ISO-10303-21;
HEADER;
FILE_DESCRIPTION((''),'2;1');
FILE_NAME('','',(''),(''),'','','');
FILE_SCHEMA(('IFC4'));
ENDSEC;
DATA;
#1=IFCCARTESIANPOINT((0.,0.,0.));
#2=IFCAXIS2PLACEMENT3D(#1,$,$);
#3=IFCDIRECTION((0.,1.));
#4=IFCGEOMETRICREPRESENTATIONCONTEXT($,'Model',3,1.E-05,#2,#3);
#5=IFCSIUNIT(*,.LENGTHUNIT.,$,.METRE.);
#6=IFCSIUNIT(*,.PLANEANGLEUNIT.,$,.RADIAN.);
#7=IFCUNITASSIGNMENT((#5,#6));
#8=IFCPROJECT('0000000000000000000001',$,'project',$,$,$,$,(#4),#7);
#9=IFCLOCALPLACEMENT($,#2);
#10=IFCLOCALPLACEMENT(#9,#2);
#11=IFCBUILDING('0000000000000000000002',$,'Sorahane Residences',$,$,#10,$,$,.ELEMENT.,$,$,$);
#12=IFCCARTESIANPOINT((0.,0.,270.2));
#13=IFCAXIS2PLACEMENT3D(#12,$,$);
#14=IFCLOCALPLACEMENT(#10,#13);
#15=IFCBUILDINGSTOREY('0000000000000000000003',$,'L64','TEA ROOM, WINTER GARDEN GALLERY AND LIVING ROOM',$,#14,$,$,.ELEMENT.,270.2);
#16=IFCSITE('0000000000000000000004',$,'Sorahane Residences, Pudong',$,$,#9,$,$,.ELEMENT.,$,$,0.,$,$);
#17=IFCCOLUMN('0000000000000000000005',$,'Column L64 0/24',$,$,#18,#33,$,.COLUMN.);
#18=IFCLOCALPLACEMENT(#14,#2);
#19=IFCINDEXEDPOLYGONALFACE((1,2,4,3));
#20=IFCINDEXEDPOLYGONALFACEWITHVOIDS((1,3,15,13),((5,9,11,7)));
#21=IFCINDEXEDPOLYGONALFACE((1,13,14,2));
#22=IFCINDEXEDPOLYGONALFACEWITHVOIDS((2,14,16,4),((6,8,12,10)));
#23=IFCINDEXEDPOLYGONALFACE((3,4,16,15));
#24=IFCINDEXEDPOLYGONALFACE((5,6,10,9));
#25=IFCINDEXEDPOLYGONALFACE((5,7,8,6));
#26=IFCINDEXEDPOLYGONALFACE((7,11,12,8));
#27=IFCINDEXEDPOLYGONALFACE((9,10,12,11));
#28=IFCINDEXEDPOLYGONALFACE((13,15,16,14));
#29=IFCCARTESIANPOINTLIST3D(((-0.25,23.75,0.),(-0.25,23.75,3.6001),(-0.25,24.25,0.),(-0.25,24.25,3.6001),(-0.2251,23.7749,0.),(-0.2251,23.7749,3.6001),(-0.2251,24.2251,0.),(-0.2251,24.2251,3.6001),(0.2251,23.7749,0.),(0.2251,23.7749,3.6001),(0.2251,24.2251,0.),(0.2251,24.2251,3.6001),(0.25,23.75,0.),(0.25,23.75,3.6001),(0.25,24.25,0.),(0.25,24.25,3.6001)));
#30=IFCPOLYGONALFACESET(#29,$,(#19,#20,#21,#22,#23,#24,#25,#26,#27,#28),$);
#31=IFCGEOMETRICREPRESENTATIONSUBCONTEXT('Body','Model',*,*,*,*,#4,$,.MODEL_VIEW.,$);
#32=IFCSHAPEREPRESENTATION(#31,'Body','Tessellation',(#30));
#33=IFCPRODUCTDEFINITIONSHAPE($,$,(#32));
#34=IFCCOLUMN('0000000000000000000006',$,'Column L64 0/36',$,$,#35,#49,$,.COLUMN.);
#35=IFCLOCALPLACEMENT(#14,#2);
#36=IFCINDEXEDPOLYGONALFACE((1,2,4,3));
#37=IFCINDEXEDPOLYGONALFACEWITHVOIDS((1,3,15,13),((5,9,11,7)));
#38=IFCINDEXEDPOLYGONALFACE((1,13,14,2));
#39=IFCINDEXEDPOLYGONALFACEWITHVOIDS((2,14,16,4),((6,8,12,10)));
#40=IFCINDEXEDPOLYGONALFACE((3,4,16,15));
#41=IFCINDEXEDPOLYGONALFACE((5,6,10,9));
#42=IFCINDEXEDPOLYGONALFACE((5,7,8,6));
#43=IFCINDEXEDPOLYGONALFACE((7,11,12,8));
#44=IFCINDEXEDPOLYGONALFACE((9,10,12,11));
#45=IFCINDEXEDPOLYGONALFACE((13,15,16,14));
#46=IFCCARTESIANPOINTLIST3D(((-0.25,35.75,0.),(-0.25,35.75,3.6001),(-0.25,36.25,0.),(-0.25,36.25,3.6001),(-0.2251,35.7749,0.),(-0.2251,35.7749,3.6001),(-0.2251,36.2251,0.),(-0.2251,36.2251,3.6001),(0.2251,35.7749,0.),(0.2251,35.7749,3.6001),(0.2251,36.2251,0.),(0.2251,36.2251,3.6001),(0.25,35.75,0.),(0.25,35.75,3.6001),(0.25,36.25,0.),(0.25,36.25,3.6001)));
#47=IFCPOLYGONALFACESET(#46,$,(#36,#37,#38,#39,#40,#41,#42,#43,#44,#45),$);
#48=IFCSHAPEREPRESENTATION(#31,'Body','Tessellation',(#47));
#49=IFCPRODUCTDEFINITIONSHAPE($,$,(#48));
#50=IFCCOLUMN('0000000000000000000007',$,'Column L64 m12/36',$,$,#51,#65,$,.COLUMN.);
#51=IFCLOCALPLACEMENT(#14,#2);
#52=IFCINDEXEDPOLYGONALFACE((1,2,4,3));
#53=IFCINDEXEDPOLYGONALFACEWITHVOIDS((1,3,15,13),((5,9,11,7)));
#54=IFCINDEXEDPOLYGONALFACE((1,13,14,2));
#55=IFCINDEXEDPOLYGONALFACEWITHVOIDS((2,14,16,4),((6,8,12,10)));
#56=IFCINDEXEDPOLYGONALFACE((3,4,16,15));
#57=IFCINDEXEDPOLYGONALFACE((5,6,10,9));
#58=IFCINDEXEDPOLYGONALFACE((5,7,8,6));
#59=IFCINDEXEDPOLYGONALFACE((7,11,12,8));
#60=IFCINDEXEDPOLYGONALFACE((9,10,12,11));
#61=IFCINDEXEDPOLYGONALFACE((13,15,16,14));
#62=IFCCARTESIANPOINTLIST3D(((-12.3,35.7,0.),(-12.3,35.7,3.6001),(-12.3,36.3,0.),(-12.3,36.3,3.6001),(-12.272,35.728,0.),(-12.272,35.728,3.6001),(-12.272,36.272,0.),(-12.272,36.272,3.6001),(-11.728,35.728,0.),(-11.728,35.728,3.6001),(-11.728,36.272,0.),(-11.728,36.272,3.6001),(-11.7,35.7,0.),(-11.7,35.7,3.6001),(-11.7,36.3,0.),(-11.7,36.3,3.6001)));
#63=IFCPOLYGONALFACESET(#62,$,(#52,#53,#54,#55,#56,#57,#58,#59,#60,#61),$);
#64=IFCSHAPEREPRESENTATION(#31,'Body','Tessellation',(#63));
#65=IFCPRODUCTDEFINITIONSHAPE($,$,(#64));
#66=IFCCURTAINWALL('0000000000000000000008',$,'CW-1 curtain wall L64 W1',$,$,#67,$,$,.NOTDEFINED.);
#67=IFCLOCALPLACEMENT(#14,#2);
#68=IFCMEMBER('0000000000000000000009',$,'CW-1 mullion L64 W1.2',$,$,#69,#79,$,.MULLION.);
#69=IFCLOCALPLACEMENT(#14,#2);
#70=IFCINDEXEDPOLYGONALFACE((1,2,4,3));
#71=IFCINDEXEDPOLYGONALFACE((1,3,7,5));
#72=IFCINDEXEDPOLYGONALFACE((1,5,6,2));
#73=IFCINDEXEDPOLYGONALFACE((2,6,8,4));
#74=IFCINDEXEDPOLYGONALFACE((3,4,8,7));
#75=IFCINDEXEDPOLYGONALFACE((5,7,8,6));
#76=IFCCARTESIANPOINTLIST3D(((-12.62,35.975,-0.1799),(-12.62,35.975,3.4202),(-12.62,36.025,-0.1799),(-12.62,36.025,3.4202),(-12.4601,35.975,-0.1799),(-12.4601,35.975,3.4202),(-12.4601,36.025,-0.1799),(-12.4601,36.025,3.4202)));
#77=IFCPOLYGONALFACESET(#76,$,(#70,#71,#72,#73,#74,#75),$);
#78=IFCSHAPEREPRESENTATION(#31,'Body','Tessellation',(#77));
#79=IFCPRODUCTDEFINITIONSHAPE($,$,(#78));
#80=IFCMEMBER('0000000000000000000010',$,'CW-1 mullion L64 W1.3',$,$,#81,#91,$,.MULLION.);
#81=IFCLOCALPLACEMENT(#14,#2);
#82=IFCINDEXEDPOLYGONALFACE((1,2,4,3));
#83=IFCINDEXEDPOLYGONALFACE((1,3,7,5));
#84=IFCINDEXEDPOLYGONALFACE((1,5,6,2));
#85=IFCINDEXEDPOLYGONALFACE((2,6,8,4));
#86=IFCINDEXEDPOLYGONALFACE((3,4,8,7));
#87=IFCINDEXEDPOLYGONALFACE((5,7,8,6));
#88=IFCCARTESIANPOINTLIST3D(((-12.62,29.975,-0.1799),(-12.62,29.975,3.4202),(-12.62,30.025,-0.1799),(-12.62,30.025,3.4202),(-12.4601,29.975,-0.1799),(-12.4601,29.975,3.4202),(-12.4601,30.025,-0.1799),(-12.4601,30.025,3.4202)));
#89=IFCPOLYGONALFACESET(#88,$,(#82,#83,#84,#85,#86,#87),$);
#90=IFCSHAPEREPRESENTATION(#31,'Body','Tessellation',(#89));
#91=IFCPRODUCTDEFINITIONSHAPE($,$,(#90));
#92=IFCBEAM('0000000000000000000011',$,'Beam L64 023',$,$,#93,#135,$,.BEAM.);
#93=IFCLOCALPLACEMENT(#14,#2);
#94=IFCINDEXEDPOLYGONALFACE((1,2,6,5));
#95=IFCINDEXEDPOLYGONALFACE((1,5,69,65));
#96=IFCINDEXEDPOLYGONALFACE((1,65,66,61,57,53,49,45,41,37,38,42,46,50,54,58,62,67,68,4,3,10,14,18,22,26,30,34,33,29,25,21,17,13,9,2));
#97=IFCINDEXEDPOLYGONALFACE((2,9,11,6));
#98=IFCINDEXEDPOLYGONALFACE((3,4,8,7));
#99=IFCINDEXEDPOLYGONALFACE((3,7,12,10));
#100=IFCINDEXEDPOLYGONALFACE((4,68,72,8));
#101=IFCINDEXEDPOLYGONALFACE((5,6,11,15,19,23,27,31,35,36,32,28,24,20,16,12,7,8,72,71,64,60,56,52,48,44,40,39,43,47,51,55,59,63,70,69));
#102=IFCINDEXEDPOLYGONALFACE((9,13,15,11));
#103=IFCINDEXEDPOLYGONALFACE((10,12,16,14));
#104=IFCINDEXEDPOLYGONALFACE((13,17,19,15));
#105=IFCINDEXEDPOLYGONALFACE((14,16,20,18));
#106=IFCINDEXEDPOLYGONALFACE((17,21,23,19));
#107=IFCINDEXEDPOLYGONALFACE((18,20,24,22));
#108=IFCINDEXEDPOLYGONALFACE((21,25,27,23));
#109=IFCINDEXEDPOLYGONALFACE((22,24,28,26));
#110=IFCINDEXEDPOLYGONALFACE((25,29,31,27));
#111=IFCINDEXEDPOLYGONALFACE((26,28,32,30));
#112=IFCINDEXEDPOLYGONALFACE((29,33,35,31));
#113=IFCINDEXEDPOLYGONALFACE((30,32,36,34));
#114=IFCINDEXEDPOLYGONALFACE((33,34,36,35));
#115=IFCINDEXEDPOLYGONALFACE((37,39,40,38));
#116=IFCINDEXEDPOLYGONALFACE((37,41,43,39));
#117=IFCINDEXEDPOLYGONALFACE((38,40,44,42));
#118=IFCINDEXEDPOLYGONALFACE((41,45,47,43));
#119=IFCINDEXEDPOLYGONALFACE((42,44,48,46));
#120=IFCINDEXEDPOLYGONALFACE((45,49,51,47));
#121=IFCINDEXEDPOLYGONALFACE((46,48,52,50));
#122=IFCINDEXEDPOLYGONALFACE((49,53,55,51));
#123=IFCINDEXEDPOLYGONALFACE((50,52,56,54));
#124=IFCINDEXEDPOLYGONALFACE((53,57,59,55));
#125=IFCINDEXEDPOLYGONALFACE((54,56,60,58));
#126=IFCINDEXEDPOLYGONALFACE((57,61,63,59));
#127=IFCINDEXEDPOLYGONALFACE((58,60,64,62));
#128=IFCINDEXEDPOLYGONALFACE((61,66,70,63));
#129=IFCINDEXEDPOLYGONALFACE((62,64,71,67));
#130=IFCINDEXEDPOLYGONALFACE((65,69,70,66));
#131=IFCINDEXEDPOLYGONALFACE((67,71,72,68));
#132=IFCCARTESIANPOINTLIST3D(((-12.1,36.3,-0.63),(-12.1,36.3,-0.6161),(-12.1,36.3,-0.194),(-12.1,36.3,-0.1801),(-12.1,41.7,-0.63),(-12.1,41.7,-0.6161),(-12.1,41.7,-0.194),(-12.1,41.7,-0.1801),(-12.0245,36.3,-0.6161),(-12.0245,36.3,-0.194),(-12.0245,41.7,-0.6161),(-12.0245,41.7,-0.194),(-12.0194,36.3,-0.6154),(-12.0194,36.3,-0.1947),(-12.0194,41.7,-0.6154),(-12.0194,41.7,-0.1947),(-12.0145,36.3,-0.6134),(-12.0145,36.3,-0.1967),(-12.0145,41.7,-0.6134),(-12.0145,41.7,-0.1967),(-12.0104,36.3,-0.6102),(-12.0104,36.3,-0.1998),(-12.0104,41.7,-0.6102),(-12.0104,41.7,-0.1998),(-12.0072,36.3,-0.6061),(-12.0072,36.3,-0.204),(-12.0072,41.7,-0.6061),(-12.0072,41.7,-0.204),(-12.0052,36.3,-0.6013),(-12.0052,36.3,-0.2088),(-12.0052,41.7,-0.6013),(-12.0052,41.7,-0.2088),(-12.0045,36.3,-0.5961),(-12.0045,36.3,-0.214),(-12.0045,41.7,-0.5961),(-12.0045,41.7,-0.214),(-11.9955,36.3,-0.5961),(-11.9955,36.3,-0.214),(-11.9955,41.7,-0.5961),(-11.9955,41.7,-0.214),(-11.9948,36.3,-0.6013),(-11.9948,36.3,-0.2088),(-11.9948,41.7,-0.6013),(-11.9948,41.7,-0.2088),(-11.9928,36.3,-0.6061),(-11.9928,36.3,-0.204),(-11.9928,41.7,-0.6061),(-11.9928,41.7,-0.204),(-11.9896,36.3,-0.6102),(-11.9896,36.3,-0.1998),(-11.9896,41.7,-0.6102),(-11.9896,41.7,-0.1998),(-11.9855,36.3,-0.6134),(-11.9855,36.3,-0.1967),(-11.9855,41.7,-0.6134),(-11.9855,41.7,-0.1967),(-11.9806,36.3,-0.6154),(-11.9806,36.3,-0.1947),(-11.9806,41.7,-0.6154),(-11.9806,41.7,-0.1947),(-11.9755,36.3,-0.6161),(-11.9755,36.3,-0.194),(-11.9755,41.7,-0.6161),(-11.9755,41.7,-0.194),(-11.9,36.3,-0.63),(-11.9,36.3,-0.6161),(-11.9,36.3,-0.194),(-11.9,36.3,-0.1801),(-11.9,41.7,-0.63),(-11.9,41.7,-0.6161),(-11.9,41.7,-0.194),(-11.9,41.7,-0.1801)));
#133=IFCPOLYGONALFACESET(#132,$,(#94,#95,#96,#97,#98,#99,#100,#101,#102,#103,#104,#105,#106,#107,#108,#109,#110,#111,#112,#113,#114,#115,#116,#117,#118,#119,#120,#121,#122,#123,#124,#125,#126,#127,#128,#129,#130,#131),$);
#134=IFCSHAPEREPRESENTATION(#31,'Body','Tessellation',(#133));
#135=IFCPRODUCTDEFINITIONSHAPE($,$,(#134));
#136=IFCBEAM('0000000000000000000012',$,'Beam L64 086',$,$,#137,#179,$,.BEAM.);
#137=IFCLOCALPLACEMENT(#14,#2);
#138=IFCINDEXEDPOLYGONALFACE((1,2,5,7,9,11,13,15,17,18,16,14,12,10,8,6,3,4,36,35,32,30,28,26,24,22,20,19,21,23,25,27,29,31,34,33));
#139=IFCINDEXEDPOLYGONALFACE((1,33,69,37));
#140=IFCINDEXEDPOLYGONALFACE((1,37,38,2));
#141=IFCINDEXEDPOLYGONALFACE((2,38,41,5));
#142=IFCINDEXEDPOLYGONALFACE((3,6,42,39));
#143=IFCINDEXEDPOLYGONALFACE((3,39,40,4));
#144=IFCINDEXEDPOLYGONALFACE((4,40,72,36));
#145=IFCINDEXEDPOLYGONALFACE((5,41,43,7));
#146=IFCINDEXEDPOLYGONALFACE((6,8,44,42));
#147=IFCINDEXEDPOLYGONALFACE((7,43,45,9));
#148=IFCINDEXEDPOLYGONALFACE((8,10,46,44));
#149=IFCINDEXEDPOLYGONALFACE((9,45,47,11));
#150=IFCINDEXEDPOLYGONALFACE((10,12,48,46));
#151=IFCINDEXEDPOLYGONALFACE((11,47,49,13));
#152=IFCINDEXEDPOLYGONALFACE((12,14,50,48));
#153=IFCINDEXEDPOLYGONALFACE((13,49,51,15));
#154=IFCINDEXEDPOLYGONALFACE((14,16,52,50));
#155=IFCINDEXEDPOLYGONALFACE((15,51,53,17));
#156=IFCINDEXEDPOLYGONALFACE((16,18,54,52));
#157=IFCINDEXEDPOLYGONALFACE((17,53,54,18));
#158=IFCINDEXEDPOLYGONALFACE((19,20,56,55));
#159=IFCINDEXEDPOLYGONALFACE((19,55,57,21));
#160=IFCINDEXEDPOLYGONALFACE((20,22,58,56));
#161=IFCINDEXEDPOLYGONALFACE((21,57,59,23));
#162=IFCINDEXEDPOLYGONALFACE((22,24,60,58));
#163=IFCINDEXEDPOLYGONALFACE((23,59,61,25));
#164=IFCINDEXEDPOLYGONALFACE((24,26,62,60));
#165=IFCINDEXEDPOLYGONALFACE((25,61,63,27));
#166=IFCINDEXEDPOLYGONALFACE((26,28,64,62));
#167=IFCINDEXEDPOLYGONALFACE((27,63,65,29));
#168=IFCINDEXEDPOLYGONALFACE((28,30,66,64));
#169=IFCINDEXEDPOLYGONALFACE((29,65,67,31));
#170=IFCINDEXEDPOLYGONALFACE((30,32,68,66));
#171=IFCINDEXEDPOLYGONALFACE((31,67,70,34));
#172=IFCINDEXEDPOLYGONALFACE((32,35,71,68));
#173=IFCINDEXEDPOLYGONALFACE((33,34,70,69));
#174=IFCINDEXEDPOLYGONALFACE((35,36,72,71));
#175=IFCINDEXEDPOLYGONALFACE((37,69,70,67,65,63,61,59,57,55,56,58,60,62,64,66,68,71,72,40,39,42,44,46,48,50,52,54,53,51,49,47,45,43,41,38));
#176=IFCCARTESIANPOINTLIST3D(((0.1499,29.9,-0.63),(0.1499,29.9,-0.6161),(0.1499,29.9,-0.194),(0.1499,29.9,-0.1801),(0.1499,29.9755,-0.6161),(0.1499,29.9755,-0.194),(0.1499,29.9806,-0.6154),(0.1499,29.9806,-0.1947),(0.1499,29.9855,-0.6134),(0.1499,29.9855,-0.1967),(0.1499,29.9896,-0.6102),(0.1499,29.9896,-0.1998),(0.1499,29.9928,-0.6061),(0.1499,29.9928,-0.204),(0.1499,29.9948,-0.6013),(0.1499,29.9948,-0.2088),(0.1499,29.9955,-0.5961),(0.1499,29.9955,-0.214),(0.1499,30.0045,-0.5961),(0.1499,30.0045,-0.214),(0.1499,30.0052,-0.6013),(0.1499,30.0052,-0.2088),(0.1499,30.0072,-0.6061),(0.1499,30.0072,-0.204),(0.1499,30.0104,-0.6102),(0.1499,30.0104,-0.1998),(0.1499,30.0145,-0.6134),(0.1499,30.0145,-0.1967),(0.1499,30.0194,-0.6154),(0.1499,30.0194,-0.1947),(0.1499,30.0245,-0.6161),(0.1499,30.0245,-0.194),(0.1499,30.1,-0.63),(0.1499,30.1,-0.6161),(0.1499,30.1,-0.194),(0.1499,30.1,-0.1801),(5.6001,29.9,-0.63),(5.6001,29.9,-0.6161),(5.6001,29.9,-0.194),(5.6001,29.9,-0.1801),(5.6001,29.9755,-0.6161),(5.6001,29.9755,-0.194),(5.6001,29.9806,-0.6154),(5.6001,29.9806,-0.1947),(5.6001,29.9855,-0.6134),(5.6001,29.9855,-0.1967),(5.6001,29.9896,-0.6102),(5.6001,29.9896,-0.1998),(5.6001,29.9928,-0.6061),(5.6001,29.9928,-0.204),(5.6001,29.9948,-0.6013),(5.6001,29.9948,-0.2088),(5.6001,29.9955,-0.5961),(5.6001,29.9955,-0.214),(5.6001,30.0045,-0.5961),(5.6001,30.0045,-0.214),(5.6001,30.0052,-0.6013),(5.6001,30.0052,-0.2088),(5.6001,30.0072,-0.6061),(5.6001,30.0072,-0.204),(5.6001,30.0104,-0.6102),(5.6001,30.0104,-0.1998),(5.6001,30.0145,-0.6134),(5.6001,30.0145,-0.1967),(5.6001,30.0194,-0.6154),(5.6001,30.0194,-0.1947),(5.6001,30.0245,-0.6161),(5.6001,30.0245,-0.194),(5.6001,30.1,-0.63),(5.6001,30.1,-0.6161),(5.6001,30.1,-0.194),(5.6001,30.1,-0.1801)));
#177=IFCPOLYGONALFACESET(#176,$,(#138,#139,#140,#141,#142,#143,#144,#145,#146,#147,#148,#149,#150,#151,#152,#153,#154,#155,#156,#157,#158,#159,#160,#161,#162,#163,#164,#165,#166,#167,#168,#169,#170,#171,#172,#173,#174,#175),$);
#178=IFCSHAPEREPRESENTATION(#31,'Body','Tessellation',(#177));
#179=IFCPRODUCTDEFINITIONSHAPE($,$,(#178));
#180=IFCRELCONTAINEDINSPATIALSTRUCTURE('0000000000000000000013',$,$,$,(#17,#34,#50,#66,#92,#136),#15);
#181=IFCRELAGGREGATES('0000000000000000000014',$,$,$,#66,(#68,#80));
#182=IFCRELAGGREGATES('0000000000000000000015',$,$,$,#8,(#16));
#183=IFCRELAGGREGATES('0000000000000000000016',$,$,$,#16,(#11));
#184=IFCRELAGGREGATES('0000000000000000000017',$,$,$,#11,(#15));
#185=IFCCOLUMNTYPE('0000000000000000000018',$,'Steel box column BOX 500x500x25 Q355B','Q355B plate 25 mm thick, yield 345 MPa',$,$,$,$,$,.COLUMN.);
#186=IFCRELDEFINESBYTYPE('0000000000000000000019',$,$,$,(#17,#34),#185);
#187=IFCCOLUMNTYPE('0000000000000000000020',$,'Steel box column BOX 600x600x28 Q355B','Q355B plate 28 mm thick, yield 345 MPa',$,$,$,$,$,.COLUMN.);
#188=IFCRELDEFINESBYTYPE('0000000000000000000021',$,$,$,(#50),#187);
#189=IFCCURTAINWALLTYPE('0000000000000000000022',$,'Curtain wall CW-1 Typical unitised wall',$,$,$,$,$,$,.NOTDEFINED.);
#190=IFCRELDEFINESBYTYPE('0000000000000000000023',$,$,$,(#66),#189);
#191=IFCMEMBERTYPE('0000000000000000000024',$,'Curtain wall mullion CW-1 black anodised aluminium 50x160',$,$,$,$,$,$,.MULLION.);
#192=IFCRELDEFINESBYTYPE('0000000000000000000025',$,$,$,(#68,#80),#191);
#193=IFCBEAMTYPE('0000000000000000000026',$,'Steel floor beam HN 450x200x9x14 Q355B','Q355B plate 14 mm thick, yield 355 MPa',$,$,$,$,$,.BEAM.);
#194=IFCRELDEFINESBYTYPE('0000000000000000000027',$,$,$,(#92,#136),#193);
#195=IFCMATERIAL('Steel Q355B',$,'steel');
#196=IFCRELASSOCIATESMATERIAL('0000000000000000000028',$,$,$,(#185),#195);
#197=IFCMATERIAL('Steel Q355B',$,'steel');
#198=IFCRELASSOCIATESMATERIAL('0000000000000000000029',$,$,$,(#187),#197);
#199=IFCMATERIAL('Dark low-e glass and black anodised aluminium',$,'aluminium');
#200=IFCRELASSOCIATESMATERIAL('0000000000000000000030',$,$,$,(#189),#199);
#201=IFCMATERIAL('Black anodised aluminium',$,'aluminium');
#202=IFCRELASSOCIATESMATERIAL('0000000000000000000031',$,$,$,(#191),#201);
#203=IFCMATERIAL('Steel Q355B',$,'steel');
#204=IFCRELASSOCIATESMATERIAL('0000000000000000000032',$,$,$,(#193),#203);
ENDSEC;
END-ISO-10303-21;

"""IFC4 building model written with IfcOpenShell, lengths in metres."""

from ifc_helpers import new_model, si_unit, direction, frame, origin, origin_2d, place, context, subcontext, project, spatial, rectangle, hollow_rectangle, i_section, extrude, material, material_profile, profile_set, type_object, element, aggregate, save


model = new_model("IFC4")

# Units and contexts
model_context = context("Model", 3, precision=1e-05, world=origin(), true_north=direction((0.0, 1.0)))
body_context = subcontext(model_context, "Body", "Model", "MODEL_VIEW")
ifc_project = project(units=[si_unit("LENGTHUNIT", "METRE"), si_unit("PLANEANGLEUNIT", "RADIAN")], contexts=[model_context])

# Site, building, storey
site_placement = place(None, origin())
site = spatial("IfcSite", under=ifc_project, at=site_placement, Name="Sorahane Residences, Pudong", CompositionType="ELEMENT", RefElevation=0.0)
building_placement = place(site_placement, origin())
building = spatial("IfcBuilding", under=site, at=building_placement, Name="Sorahane Residences", CompositionType="ELEMENT")
storey_placement = place(building_placement, frame((0.0, 0.0, 270.2)))
storey = spatial("IfcBuildingStorey", under=building, at=storey_placement, Name="L64", Description="TEA ROOM, WINTER GARDEN GALLERY AND LIVING ROOM", CompositionType="ELEMENT", Elevation=270.2)

# Columns
ifc_material_1 = material(Name="Steel Q355B", Category="steel")
ifc_material_profile_1 = material_profile(ifc_material_1, hollow_rectangle(XDim=0.5, YDim=0.5, WallThickness=0.0249, at=origin_2d()), Name="BOX 500x500x25")
ifc_profile_set_1 = profile_set([ifc_material_profile_1], Name="Steel Q355B")
column_type_1 = type_object("IfcColumnType", Name="Steel box column BOX 500x500x25 Q355B", Description="Q355B plate 25 mm thick, yield 345 MPa", PredefinedType="COLUMN", material=ifc_profile_set_1)
for number, where, z_axis, x_axis, name in (
    (1, (0.0, 24.0, 0.0), (0.0, 0.0, 1.0), (1.0, 0.0, 0.0), "Column L64 0/24"),
    (2, (0.0, 36.0, 0.0), (0.0, 0.0, 1.0), (1.0, 0.0, 0.0), "Column L64 0/36"),
):
    element("IfcColumn", number, at=place(storey_placement, frame(where, z_axis=z_axis, x_axis=x_axis)), inside=storey, type_object=column_type_1, Name=name, PredefinedType="COLUMN", context=body_context, shape_type="SweptSolid", body=[
        extrude(hollow_rectangle(XDim=0.5, YDim=0.5, WallThickness=0.0249, at=origin_2d()), origin(), (0.0, 0.0, 1.0), 3.6001),
    ])
ifc_material_2 = material(Name="Steel Q355B", Category="steel")
ifc_material_profile_2 = material_profile(ifc_material_2, hollow_rectangle(XDim=0.6001, YDim=0.6001, WallThickness=0.0281, at=origin_2d()), Name="BOX 600x600x28")
ifc_profile_set_2 = profile_set([ifc_material_profile_2], Name="Steel Q355B")
column_type_2 = type_object("IfcColumnType", Name="Steel box column BOX 600x600x28 Q355B", Description="Q355B plate 28 mm thick, yield 345 MPa", PredefinedType="COLUMN", material=ifc_profile_set_2)
column_placement = place(storey_placement, frame((-12.0, 36.0, 0.0), z_axis=(0.0, 0.0, 1.0), x_axis=(1.0, 0.0, 0.0)))
element("IfcColumn", 3, at=column_placement, inside=storey, type_object=column_type_2, Name="Column L64 m12/36", PredefinedType="COLUMN", context=body_context, shape_type="SweptSolid", body=[
    extrude(hollow_rectangle(XDim=0.6001, YDim=0.6001, WallThickness=0.0281, at=origin_2d()), origin(), (0.0, 0.0, 1.0), 3.6001),
])

# Curtain wall, members
ifc_material_3 = material(Name="Dark low-e glass and black anodised aluminium", Category="aluminium")
curtain_wall_type = type_object("IfcCurtainWallType", Name="Curtain wall CW-1 Typical unitised wall", PredefinedType="NOTDEFINED", material=ifc_material_3)
curtain_wall_placement = place(storey_placement, origin())
curtain_wall = element("IfcCurtainWall", 4, at=curtain_wall_placement, inside=storey, type_object=curtain_wall_type, Name="CW-1 curtain wall L64 W1", PredefinedType="NOTDEFINED")
ifc_material_4 = material(Name="Black anodised aluminium", Category="aluminium")
ifc_material_profile_3 = material_profile(ifc_material_4, rectangle(XDim=0.1599, YDim=0.05, at=origin_2d()), Name="Curtain wall mullion CW-1 black anodised aluminium 50x160")
ifc_profile_set_3 = profile_set([ifc_material_profile_3], Name="Black anodised aluminium")
member_type = type_object("IfcMemberType", Name="Curtain wall mullion CW-1 black anodised aluminium 50x160", PredefinedType="MULLION", material=ifc_profile_set_3)
member_1_placement = place(storey_placement, frame((-12.54, 36.0, -0.1799), z_axis=(0.0, 0.0, 1.0), x_axis=(-1.0, 0.0, 0.0)))
member_1 = element("IfcMember", 5, at=member_1_placement, type_object=member_type, Name="CW-1 mullion L64 W1.2", PredefinedType="MULLION", context=body_context, shape_type="SweptSolid", body=[
    extrude(rectangle(XDim=0.1599, YDim=0.05, at=origin_2d()), origin(), (0.0, 0.0, 1.0), 3.6001),
])
member_2_placement = place(storey_placement, frame((-12.54, 30.0, -0.1799), z_axis=(0.0, 0.0, 1.0), x_axis=(-1.0, 0.0, 0.0)))
member_2 = element("IfcMember", 6, at=member_2_placement, type_object=member_type, Name="CW-1 mullion L64 W1.3", PredefinedType="MULLION", context=body_context, shape_type="SweptSolid", body=[
    extrude(rectangle(XDim=0.1599, YDim=0.05, at=origin_2d()), origin(), (0.0, 0.0, 1.0), 3.6001),
])

# Beams
ifc_material_5 = material(Name="Steel Q355B", Category="steel")
ifc_material_profile_4 = material_profile(ifc_material_5, i_section(OverallWidth=0.2, OverallDepth=0.45, WebThickness=0.009, FlangeThickness=0.0139, FilletRadius=0.02, at=origin_2d()), Name="HN 450x200x9x14")
ifc_profile_set_4 = profile_set([ifc_material_profile_4], Name="Steel Q355B")
beam_type_1 = type_object("IfcBeamType", Name="Steel floor beam HN 450x200x9x14 Q355B", Description="Q355B plate 14 mm thick, yield 355 MPa", PredefinedType="BEAM", material=ifc_profile_set_4)
beam_1_placement = place(storey_placement, frame((-12.0, 36.3, -0.405), z_axis=(0.0, 1.0, 0.0), x_axis=(-1.0, 0.0, 0.0)))
element("IfcBeam", 7, at=beam_1_placement, inside=storey, type_object=beam_type_1, Name="Beam L64 023", PredefinedType="BEAM", context=body_context, shape_type="SweptSolid", body=[
    extrude(i_section(OverallWidth=0.2, OverallDepth=0.45, WebThickness=0.009, FlangeThickness=0.0139, FilletRadius=0.02, at=origin_2d()), origin(), (0.0, 0.0, 1.0), 5.3999),
])
beam_2_placement = place(storey_placement, frame((0.1499, 30.0, -0.405), z_axis=(1.0, 0.0, 0.0), x_axis=(0.0, 1.0, 0.0)))
element("IfcBeam", 8, at=beam_2_placement, inside=storey, type_object=beam_type_1, Name="Beam L64 086", PredefinedType="BEAM", context=body_context, shape_type="SweptSolid", body=[
    extrude(i_section(OverallWidth=0.2, OverallDepth=0.45, WebThickness=0.009, FlangeThickness=0.0139, FilletRadius=0.02, at=origin_2d()), origin(), (0.0, 0.0, 1.0), 5.4502),
])

aggregate(curtain_wall, [member_1, member_2])

save(model, "model.ifc")
